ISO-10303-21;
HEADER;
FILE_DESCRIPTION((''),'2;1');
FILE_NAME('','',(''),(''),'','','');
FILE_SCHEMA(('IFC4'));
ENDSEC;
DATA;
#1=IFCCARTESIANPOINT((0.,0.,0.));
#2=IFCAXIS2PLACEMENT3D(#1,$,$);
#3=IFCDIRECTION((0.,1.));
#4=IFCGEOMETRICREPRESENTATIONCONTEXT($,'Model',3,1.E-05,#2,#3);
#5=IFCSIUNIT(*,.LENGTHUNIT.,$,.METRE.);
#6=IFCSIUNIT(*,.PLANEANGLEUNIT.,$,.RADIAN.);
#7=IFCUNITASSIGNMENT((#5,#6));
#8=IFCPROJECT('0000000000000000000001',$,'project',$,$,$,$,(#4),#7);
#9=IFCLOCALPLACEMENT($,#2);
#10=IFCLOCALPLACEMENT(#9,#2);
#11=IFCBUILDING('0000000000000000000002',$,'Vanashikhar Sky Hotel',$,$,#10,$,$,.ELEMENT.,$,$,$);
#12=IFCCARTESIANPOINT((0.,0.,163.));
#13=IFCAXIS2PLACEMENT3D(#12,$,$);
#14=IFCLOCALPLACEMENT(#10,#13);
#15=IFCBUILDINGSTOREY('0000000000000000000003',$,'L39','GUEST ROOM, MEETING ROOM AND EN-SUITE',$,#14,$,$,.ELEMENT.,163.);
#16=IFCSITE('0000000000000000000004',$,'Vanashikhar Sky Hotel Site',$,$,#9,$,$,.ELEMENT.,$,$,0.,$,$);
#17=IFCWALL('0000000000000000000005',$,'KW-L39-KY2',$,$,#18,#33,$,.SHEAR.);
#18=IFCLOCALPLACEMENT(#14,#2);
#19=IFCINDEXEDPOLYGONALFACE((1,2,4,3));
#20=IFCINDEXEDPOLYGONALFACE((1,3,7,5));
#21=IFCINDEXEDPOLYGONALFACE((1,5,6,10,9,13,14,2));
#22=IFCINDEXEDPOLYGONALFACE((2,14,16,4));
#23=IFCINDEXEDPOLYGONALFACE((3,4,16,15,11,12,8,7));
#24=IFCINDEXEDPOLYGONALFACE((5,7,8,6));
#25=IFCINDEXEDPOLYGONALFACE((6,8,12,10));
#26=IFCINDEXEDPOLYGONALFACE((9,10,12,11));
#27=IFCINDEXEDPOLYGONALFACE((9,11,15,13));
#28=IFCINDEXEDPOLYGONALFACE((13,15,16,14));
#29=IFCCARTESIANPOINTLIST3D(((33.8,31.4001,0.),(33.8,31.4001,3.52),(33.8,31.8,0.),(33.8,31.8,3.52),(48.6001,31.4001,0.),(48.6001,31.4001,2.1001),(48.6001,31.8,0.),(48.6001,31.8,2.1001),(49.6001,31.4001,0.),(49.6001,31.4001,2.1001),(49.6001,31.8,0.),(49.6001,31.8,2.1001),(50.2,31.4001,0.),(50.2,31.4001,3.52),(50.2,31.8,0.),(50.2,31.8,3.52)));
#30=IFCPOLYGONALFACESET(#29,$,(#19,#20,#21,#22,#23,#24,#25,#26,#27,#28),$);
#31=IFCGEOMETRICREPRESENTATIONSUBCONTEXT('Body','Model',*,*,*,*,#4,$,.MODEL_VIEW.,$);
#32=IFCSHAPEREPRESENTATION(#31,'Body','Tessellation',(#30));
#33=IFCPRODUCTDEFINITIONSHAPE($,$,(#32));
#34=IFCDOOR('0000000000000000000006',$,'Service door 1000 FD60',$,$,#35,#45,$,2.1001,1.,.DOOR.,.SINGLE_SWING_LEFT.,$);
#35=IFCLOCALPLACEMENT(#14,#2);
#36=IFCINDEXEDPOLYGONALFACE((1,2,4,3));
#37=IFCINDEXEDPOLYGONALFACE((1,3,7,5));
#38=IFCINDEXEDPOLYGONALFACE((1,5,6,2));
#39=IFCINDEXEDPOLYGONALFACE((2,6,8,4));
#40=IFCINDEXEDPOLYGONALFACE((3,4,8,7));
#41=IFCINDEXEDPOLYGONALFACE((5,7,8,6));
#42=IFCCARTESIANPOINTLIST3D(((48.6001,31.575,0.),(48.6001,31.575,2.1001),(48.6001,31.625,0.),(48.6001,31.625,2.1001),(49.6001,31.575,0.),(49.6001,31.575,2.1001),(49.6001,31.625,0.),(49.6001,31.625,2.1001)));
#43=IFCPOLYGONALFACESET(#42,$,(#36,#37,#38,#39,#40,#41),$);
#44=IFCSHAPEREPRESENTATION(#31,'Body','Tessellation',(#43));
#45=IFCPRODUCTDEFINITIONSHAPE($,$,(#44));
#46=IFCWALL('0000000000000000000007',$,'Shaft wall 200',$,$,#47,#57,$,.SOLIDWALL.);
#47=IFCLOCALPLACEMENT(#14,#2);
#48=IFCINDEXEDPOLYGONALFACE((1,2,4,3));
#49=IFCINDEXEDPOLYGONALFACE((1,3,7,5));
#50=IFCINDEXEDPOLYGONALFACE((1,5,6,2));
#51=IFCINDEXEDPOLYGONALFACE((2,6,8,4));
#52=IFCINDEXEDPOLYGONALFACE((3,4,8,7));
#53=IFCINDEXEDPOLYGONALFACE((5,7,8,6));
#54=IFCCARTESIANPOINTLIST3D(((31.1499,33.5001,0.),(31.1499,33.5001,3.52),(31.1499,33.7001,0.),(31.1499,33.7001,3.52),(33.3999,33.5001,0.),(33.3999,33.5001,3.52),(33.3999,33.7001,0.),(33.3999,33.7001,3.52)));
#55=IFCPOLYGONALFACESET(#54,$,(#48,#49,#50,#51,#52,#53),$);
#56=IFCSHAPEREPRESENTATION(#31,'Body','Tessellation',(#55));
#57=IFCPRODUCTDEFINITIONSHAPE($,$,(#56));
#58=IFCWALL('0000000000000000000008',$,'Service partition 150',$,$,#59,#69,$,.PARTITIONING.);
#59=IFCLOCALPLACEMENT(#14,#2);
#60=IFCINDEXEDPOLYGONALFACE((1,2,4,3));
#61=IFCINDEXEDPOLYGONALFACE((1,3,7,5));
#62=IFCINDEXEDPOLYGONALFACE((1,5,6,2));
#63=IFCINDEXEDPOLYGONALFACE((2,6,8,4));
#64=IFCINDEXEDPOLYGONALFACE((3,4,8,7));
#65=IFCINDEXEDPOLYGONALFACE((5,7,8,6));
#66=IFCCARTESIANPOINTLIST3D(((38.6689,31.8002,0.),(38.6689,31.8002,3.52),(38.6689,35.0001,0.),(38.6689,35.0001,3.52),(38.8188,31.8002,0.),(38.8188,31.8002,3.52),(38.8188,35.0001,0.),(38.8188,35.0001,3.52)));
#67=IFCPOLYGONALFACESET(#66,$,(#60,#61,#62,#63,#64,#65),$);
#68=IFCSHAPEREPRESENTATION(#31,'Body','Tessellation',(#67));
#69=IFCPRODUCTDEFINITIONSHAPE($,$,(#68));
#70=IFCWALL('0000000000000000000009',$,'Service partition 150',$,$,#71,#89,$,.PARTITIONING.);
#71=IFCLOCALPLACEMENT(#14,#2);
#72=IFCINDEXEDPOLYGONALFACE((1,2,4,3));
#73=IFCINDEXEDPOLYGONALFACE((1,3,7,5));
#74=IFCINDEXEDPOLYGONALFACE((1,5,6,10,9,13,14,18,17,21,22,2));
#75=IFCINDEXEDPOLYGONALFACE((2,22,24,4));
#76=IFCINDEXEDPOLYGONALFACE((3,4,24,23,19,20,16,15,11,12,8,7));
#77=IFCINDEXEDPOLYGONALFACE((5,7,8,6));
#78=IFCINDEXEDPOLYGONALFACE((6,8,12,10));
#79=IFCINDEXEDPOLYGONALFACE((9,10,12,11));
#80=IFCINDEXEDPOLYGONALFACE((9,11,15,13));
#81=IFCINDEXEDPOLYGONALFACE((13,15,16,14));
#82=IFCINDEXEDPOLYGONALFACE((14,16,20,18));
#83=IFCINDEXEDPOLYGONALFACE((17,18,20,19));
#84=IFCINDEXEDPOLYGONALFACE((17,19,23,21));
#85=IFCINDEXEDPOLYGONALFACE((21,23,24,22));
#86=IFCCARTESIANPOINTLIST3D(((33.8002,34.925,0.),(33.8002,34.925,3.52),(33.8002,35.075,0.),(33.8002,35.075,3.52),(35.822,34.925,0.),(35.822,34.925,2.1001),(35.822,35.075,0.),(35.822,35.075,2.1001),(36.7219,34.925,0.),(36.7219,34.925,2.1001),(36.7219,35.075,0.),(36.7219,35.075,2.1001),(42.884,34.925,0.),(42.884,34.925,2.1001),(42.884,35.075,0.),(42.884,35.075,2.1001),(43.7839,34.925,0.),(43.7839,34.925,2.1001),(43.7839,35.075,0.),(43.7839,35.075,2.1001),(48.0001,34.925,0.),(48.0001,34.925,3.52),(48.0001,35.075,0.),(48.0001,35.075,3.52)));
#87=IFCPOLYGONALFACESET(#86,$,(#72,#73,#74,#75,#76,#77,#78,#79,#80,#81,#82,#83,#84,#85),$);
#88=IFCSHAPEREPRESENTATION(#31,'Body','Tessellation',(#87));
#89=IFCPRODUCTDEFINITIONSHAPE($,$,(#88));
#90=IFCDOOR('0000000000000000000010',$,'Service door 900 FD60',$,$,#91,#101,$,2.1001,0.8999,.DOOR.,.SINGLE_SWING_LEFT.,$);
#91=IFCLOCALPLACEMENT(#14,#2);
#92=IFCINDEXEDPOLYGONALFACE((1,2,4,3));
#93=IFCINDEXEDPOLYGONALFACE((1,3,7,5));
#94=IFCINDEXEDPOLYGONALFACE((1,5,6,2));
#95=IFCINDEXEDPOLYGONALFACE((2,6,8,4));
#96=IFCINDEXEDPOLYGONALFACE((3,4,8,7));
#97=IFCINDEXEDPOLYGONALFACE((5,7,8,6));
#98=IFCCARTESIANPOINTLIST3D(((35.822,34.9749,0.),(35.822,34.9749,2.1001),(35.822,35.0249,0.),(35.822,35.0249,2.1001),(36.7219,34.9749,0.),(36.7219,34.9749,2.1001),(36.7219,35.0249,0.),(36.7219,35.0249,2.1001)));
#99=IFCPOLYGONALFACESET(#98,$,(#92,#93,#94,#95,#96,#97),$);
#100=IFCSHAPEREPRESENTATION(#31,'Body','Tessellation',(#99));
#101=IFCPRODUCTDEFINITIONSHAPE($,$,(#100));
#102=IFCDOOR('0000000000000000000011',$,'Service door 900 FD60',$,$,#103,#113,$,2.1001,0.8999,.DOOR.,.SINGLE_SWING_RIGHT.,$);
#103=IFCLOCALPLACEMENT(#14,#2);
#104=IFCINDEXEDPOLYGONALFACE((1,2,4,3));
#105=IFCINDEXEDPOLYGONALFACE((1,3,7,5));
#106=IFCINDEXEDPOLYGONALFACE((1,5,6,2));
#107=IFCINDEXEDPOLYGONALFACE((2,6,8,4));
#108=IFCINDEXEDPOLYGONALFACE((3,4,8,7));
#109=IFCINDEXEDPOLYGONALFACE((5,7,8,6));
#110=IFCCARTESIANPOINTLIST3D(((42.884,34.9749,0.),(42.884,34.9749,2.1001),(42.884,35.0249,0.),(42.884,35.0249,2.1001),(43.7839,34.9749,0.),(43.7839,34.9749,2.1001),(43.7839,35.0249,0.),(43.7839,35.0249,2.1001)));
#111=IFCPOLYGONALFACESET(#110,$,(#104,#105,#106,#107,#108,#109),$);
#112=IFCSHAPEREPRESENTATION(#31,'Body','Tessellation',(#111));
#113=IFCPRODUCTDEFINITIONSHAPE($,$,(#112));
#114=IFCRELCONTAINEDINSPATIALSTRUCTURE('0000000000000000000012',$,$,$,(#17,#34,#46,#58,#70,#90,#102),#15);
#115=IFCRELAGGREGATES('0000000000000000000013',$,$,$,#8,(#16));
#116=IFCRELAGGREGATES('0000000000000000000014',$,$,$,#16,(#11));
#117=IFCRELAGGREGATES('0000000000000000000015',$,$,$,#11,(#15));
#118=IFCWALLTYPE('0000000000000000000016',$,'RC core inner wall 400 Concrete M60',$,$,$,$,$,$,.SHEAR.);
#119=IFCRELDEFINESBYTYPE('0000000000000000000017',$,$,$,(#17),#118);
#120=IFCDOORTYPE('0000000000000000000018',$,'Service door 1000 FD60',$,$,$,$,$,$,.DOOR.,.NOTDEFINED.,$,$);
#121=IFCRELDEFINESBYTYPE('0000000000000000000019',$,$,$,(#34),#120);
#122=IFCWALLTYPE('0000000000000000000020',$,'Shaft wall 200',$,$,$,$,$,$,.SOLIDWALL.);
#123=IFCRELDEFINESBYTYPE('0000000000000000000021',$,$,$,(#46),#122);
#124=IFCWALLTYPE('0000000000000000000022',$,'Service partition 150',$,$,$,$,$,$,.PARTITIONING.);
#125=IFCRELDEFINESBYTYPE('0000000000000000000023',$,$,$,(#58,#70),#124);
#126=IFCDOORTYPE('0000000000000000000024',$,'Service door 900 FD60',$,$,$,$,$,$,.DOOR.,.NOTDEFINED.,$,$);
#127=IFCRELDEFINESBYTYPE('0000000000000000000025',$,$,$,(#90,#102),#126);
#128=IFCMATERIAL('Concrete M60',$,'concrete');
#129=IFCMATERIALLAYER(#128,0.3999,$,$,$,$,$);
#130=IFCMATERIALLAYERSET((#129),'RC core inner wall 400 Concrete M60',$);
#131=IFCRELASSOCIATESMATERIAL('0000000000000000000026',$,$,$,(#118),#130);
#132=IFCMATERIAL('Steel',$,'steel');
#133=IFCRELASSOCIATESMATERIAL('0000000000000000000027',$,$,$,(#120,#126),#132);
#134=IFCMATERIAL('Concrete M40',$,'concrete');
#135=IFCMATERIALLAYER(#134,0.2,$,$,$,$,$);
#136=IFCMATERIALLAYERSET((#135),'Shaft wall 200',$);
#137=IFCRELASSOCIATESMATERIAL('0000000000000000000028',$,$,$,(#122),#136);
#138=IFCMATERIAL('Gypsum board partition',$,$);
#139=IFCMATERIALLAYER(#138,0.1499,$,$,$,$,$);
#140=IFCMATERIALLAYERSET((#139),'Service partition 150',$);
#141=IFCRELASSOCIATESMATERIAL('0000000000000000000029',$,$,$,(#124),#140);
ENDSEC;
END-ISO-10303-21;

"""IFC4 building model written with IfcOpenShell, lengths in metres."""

from ifc_helpers import new_model, si_unit, direction, frame, frame_2d, origin, place, context, subcontext, project, spatial, rectangle, extrude, source, transform, mapped, material, layer, layer_set, type_object, element, fill, save


model = new_model("IFC4")

# Units and contexts
model_context = context("Model", 3, precision=1e-05, world=origin(), true_north=direction((0.0, 1.0)))
body_context = subcontext(model_context, "Body", "Model", "MODEL_VIEW")
ifc_project = project(units=[si_unit("LENGTHUNIT", "METRE"), si_unit("PLANEANGLEUNIT", "RADIAN")], contexts=[model_context])

# Site, building, storey
site_placement = place(None, origin())
site = spatial("IfcSite", under=ifc_project, at=site_placement, Name="Vanashikhar Sky Hotel Site", CompositionType="ELEMENT", RefElevation=0.0)
building_placement = place(site_placement, origin())
building = spatial("IfcBuilding", under=site, at=building_placement, Name="Vanashikhar Sky Hotel", CompositionType="ELEMENT")
storey_placement = place(building_placement, frame((0.0, 0.0, 163.0)))
storey = spatial("IfcBuildingStorey", under=building, at=storey_placement, Name="L39", Description="GUEST ROOM, MEETING ROOM AND EN-SUITE", CompositionType="ELEMENT", Elevation=163.0)

# Wall, opening, door
ifc_material_1 = material(Name="Concrete M60", Category="concrete")
ifc_layer_1 = layer(ifc_material_1, 0.3999)
ifc_layer_set_1 = layer_set([ifc_layer_1], Name="RC core inner wall 400 Concrete M60")
wall_type_1 = type_object("IfcWallType", Name="RC core inner wall 400 Concrete M60", PredefinedType="SHEAR", material=ifc_layer_set_1)
shared_shape_1 = source(origin(), body_context, "Body", "SweptSolid", [
    extrude(rectangle(XDim=16.3999, YDim=0.3999, at=frame_2d((8.2, 0.0))), origin(), (0.0, 0.0, 1.0), 3.52),
])
wall_1_placement = place(storey_placement, frame((33.8, 31.6001, 0.0), z_axis=(0.0, 0.0, 1.0), x_axis=(1.0, 0.0, 0.0)))
wall_1 = element("IfcWall", 1, at=wall_1_placement, inside=storey, type_object=wall_type_1, Name="KW-L39-KY2", PredefinedType="SHEAR", context=body_context, shape_type="MappedRepresentation", body=[
    mapped(shared_shape_1, transform((0.0, 0.0, 0.0), scale=1.0)),
])
shared_shape_2 = source(origin(), body_context, "Body", "SweptSolid", [
    extrude(rectangle(XDim=1.0, YDim=2.1001, at=frame_2d((0.5, 1.05))), frame((0.0, 0.21, 0.0), z_axis=(0.0, -1.0, 0.0), x_axis=(1.0, 0.0, 0.0)), (0.0, 0.0, 1.0), 0.4199),
])
opening_1_placement = place(wall_1_placement, frame((14.8, 0.0, 0.0)))
opening_1 = element("IfcOpeningElement", 2, at=opening_1_placement, cuts=wall_1, PredefinedType="OPENING", context=body_context, shape_type="MappedRepresentation", body=[
    mapped(shared_shape_2, transform((0.0, 0.0, 0.0), scale=1.0)),
])
ifc_material_2 = material(Name="Steel", Category="steel")
door_type_1 = type_object("IfcDoorType", Name="Service door 1000 FD60", OperationType="NOTDEFINED", PredefinedType="DOOR", material=ifc_material_2)
shared_shape_3 = source(origin(), body_context, "Body", "SweptSolid", [
    extrude(rectangle(XDim=1.0, YDim=2.1001, at=frame_2d((0.5, 1.05))), frame((0.0, 0.0249, 0.0), z_axis=(0.0, -1.0, 0.0), x_axis=(1.0, 0.0, 0.0)), (0.0, 0.0, 1.0), 0.05),
])
door_1_placement = place(opening_1_placement, origin())
door_1 = element("IfcDoor", 3, at=door_1_placement, inside=storey, type_object=door_type_1, Name="Service door 1000 FD60", OperationType="SINGLE_SWING_LEFT", OverallHeight=2.1001, OverallWidth=1.0, PredefinedType="DOOR", context=body_context, shape_type="MappedRepresentation", body=[
    mapped(shared_shape_3, transform((0.0, 0.0, 0.0), scale=1.0)),
])
fill(opening_1, door_1)

# Walls
ifc_material_3 = material(Name="Concrete M40", Category="concrete")
ifc_layer_2 = layer(ifc_material_3, 0.2)
ifc_layer_set_2 = layer_set([ifc_layer_2], Name="Shaft wall 200")
wall_type_2 = type_object("IfcWallType", Name="Shaft wall 200", PredefinedType="SOLIDWALL", material=ifc_layer_set_2)
shared_shape_4 = source(origin(), body_context, "Body", "SweptSolid", [
    extrude(rectangle(XDim=2.25, YDim=0.2, at=frame_2d((1.125, 0.0))), origin(), (0.0, 0.0, 1.0), 3.52),
])
wall_2_placement = place(storey_placement, frame((31.1499, 33.6001, 0.0), z_axis=(0.0, 0.0, 1.0), x_axis=(1.0, 0.0, 0.0)))
element("IfcWall", 4, at=wall_2_placement, inside=storey, type_object=wall_type_2, Name="Shaft wall 200", PredefinedType="SOLIDWALL", context=body_context, shape_type="MappedRepresentation", body=[
    mapped(shared_shape_4, transform((0.0, 0.0, 0.0), scale=1.0)),
])
ifc_material_4 = material(Name="Gypsum board partition")
ifc_layer_3 = layer(ifc_material_4, 0.1499)
ifc_layer_set_3 = layer_set([ifc_layer_3], Name="Service partition 150")
wall_type_3 = type_object("IfcWallType", Name="Service partition 150", PredefinedType="PARTITIONING", material=ifc_layer_set_3)
shared_shape_5 = source(origin(), body_context, "Body", "SweptSolid", [
    extrude(rectangle(XDim=3.2, YDim=0.1499, at=frame_2d((1.6001, 0.0))), origin(), (0.0, 0.0, 1.0), 3.52),
])
wall_3_placement = place(storey_placement, frame((38.7439, 31.8, 0.0), z_axis=(0.0, 0.0, 1.0), x_axis=(0.0, 1.0, 0.0)))
element("IfcWall", 5, at=wall_3_placement, inside=storey, type_object=wall_type_3, Name="Service partition 150", PredefinedType="PARTITIONING", context=body_context, shape_type="MappedRepresentation", body=[
    mapped(shared_shape_5, transform((0.0, 0.0, 0.0), scale=1.0)),
])

# Wall, openings, doors
shared_shape_6 = source(origin(), body_context, "Body", "SweptSolid", [
    extrude(rectangle(XDim=14.2, YDim=0.1499, at=frame_2d((7.1001, 0.0))), origin(), (0.0, 0.0, 1.0), 3.52),
])
wall_4_placement = place(storey_placement, frame((33.8, 35.0, 0.0), z_axis=(0.0, 0.0, 1.0), x_axis=(1.0, 0.0, 0.0)))
wall_4 = element("IfcWall", 6, at=wall_4_placement, inside=storey, type_object=wall_type_3, Name="Service partition 150", PredefinedType="PARTITIONING", context=body_context, shape_type="MappedRepresentation", body=[
    mapped(shared_shape_6, transform((0.0, 0.0, 0.0), scale=1.0)),
])
shared_shape_7 = source(origin(), body_context, "Body", "SweptSolid", [
    extrude(rectangle(XDim=0.8999, YDim=2.1001, at=frame_2d((0.45, 1.05))), frame((0.0, 0.085, 0.0), z_axis=(0.0, -1.0, 0.0), x_axis=(1.0, 0.0, 0.0)), (0.0, 0.0, 1.0), 0.1699),
])
opening_2_placement = place(wall_4_placement, frame((2.022, 0.0, 0.0)))
opening_2 = element("IfcOpeningElement", 7, at=opening_2_placement, cuts=wall_4, PredefinedType="OPENING", context=body_context, shape_type="MappedRepresentation", body=[
    mapped(shared_shape_7, transform((0.0, 0.0, 0.0), scale=1.0)),
])
opening_3_placement = place(wall_4_placement, frame((9.084, 0.0, 0.0)))
opening_3 = element("IfcOpeningElement", 8, at=opening_3_placement, cuts=wall_4, PredefinedType="OPENING", context=body_context, shape_type="MappedRepresentation", body=[
    mapped(shared_shape_7, transform((0.0, 0.0, 0.0), scale=1.0)),
])
door_type_2 = type_object("IfcDoorType", Name="Service door 900 FD60", OperationType="NOTDEFINED", PredefinedType="DOOR", material=ifc_material_2)
shared_shape_8 = source(origin(), body_context, "Body", "SweptSolid", [
    extrude(rectangle(XDim=0.8999, YDim=2.1001, at=frame_2d((0.45, 1.05))), frame((0.0, 0.0249, 0.0), z_axis=(0.0, -1.0, 0.0), x_axis=(1.0, 0.0, 0.0)), (0.0, 0.0, 1.0), 0.05),
])
door_2_placement = place(opening_2_placement, origin())
door_2 = element("IfcDoor", 9, at=door_2_placement, inside=storey, type_object=door_type_2, Name="Service door 900 FD60", OperationType="SINGLE_SWING_LEFT", OverallHeight=2.1001, OverallWidth=0.8999, PredefinedType="DOOR", context=body_context, shape_type="MappedRepresentation", body=[
    mapped(shared_shape_8, transform((0.0, 0.0, 0.0), scale=1.0)),
])
fill(opening_2, door_2)
door_3_placement = place(opening_3_placement, origin())
door_3 = element("IfcDoor", 10, at=door_3_placement, inside=storey, type_object=door_type_2, Name="Service door 900 FD60", OperationType="SINGLE_SWING_RIGHT", OverallHeight=2.1001, OverallWidth=0.8999, PredefinedType="DOOR", context=body_context, shape_type="MappedRepresentation", body=[
    mapped(shared_shape_8, transform((0.0, 0.0, 0.0), scale=1.0)),
])
fill(opening_3, door_3)

save(model, "model.ifc")
